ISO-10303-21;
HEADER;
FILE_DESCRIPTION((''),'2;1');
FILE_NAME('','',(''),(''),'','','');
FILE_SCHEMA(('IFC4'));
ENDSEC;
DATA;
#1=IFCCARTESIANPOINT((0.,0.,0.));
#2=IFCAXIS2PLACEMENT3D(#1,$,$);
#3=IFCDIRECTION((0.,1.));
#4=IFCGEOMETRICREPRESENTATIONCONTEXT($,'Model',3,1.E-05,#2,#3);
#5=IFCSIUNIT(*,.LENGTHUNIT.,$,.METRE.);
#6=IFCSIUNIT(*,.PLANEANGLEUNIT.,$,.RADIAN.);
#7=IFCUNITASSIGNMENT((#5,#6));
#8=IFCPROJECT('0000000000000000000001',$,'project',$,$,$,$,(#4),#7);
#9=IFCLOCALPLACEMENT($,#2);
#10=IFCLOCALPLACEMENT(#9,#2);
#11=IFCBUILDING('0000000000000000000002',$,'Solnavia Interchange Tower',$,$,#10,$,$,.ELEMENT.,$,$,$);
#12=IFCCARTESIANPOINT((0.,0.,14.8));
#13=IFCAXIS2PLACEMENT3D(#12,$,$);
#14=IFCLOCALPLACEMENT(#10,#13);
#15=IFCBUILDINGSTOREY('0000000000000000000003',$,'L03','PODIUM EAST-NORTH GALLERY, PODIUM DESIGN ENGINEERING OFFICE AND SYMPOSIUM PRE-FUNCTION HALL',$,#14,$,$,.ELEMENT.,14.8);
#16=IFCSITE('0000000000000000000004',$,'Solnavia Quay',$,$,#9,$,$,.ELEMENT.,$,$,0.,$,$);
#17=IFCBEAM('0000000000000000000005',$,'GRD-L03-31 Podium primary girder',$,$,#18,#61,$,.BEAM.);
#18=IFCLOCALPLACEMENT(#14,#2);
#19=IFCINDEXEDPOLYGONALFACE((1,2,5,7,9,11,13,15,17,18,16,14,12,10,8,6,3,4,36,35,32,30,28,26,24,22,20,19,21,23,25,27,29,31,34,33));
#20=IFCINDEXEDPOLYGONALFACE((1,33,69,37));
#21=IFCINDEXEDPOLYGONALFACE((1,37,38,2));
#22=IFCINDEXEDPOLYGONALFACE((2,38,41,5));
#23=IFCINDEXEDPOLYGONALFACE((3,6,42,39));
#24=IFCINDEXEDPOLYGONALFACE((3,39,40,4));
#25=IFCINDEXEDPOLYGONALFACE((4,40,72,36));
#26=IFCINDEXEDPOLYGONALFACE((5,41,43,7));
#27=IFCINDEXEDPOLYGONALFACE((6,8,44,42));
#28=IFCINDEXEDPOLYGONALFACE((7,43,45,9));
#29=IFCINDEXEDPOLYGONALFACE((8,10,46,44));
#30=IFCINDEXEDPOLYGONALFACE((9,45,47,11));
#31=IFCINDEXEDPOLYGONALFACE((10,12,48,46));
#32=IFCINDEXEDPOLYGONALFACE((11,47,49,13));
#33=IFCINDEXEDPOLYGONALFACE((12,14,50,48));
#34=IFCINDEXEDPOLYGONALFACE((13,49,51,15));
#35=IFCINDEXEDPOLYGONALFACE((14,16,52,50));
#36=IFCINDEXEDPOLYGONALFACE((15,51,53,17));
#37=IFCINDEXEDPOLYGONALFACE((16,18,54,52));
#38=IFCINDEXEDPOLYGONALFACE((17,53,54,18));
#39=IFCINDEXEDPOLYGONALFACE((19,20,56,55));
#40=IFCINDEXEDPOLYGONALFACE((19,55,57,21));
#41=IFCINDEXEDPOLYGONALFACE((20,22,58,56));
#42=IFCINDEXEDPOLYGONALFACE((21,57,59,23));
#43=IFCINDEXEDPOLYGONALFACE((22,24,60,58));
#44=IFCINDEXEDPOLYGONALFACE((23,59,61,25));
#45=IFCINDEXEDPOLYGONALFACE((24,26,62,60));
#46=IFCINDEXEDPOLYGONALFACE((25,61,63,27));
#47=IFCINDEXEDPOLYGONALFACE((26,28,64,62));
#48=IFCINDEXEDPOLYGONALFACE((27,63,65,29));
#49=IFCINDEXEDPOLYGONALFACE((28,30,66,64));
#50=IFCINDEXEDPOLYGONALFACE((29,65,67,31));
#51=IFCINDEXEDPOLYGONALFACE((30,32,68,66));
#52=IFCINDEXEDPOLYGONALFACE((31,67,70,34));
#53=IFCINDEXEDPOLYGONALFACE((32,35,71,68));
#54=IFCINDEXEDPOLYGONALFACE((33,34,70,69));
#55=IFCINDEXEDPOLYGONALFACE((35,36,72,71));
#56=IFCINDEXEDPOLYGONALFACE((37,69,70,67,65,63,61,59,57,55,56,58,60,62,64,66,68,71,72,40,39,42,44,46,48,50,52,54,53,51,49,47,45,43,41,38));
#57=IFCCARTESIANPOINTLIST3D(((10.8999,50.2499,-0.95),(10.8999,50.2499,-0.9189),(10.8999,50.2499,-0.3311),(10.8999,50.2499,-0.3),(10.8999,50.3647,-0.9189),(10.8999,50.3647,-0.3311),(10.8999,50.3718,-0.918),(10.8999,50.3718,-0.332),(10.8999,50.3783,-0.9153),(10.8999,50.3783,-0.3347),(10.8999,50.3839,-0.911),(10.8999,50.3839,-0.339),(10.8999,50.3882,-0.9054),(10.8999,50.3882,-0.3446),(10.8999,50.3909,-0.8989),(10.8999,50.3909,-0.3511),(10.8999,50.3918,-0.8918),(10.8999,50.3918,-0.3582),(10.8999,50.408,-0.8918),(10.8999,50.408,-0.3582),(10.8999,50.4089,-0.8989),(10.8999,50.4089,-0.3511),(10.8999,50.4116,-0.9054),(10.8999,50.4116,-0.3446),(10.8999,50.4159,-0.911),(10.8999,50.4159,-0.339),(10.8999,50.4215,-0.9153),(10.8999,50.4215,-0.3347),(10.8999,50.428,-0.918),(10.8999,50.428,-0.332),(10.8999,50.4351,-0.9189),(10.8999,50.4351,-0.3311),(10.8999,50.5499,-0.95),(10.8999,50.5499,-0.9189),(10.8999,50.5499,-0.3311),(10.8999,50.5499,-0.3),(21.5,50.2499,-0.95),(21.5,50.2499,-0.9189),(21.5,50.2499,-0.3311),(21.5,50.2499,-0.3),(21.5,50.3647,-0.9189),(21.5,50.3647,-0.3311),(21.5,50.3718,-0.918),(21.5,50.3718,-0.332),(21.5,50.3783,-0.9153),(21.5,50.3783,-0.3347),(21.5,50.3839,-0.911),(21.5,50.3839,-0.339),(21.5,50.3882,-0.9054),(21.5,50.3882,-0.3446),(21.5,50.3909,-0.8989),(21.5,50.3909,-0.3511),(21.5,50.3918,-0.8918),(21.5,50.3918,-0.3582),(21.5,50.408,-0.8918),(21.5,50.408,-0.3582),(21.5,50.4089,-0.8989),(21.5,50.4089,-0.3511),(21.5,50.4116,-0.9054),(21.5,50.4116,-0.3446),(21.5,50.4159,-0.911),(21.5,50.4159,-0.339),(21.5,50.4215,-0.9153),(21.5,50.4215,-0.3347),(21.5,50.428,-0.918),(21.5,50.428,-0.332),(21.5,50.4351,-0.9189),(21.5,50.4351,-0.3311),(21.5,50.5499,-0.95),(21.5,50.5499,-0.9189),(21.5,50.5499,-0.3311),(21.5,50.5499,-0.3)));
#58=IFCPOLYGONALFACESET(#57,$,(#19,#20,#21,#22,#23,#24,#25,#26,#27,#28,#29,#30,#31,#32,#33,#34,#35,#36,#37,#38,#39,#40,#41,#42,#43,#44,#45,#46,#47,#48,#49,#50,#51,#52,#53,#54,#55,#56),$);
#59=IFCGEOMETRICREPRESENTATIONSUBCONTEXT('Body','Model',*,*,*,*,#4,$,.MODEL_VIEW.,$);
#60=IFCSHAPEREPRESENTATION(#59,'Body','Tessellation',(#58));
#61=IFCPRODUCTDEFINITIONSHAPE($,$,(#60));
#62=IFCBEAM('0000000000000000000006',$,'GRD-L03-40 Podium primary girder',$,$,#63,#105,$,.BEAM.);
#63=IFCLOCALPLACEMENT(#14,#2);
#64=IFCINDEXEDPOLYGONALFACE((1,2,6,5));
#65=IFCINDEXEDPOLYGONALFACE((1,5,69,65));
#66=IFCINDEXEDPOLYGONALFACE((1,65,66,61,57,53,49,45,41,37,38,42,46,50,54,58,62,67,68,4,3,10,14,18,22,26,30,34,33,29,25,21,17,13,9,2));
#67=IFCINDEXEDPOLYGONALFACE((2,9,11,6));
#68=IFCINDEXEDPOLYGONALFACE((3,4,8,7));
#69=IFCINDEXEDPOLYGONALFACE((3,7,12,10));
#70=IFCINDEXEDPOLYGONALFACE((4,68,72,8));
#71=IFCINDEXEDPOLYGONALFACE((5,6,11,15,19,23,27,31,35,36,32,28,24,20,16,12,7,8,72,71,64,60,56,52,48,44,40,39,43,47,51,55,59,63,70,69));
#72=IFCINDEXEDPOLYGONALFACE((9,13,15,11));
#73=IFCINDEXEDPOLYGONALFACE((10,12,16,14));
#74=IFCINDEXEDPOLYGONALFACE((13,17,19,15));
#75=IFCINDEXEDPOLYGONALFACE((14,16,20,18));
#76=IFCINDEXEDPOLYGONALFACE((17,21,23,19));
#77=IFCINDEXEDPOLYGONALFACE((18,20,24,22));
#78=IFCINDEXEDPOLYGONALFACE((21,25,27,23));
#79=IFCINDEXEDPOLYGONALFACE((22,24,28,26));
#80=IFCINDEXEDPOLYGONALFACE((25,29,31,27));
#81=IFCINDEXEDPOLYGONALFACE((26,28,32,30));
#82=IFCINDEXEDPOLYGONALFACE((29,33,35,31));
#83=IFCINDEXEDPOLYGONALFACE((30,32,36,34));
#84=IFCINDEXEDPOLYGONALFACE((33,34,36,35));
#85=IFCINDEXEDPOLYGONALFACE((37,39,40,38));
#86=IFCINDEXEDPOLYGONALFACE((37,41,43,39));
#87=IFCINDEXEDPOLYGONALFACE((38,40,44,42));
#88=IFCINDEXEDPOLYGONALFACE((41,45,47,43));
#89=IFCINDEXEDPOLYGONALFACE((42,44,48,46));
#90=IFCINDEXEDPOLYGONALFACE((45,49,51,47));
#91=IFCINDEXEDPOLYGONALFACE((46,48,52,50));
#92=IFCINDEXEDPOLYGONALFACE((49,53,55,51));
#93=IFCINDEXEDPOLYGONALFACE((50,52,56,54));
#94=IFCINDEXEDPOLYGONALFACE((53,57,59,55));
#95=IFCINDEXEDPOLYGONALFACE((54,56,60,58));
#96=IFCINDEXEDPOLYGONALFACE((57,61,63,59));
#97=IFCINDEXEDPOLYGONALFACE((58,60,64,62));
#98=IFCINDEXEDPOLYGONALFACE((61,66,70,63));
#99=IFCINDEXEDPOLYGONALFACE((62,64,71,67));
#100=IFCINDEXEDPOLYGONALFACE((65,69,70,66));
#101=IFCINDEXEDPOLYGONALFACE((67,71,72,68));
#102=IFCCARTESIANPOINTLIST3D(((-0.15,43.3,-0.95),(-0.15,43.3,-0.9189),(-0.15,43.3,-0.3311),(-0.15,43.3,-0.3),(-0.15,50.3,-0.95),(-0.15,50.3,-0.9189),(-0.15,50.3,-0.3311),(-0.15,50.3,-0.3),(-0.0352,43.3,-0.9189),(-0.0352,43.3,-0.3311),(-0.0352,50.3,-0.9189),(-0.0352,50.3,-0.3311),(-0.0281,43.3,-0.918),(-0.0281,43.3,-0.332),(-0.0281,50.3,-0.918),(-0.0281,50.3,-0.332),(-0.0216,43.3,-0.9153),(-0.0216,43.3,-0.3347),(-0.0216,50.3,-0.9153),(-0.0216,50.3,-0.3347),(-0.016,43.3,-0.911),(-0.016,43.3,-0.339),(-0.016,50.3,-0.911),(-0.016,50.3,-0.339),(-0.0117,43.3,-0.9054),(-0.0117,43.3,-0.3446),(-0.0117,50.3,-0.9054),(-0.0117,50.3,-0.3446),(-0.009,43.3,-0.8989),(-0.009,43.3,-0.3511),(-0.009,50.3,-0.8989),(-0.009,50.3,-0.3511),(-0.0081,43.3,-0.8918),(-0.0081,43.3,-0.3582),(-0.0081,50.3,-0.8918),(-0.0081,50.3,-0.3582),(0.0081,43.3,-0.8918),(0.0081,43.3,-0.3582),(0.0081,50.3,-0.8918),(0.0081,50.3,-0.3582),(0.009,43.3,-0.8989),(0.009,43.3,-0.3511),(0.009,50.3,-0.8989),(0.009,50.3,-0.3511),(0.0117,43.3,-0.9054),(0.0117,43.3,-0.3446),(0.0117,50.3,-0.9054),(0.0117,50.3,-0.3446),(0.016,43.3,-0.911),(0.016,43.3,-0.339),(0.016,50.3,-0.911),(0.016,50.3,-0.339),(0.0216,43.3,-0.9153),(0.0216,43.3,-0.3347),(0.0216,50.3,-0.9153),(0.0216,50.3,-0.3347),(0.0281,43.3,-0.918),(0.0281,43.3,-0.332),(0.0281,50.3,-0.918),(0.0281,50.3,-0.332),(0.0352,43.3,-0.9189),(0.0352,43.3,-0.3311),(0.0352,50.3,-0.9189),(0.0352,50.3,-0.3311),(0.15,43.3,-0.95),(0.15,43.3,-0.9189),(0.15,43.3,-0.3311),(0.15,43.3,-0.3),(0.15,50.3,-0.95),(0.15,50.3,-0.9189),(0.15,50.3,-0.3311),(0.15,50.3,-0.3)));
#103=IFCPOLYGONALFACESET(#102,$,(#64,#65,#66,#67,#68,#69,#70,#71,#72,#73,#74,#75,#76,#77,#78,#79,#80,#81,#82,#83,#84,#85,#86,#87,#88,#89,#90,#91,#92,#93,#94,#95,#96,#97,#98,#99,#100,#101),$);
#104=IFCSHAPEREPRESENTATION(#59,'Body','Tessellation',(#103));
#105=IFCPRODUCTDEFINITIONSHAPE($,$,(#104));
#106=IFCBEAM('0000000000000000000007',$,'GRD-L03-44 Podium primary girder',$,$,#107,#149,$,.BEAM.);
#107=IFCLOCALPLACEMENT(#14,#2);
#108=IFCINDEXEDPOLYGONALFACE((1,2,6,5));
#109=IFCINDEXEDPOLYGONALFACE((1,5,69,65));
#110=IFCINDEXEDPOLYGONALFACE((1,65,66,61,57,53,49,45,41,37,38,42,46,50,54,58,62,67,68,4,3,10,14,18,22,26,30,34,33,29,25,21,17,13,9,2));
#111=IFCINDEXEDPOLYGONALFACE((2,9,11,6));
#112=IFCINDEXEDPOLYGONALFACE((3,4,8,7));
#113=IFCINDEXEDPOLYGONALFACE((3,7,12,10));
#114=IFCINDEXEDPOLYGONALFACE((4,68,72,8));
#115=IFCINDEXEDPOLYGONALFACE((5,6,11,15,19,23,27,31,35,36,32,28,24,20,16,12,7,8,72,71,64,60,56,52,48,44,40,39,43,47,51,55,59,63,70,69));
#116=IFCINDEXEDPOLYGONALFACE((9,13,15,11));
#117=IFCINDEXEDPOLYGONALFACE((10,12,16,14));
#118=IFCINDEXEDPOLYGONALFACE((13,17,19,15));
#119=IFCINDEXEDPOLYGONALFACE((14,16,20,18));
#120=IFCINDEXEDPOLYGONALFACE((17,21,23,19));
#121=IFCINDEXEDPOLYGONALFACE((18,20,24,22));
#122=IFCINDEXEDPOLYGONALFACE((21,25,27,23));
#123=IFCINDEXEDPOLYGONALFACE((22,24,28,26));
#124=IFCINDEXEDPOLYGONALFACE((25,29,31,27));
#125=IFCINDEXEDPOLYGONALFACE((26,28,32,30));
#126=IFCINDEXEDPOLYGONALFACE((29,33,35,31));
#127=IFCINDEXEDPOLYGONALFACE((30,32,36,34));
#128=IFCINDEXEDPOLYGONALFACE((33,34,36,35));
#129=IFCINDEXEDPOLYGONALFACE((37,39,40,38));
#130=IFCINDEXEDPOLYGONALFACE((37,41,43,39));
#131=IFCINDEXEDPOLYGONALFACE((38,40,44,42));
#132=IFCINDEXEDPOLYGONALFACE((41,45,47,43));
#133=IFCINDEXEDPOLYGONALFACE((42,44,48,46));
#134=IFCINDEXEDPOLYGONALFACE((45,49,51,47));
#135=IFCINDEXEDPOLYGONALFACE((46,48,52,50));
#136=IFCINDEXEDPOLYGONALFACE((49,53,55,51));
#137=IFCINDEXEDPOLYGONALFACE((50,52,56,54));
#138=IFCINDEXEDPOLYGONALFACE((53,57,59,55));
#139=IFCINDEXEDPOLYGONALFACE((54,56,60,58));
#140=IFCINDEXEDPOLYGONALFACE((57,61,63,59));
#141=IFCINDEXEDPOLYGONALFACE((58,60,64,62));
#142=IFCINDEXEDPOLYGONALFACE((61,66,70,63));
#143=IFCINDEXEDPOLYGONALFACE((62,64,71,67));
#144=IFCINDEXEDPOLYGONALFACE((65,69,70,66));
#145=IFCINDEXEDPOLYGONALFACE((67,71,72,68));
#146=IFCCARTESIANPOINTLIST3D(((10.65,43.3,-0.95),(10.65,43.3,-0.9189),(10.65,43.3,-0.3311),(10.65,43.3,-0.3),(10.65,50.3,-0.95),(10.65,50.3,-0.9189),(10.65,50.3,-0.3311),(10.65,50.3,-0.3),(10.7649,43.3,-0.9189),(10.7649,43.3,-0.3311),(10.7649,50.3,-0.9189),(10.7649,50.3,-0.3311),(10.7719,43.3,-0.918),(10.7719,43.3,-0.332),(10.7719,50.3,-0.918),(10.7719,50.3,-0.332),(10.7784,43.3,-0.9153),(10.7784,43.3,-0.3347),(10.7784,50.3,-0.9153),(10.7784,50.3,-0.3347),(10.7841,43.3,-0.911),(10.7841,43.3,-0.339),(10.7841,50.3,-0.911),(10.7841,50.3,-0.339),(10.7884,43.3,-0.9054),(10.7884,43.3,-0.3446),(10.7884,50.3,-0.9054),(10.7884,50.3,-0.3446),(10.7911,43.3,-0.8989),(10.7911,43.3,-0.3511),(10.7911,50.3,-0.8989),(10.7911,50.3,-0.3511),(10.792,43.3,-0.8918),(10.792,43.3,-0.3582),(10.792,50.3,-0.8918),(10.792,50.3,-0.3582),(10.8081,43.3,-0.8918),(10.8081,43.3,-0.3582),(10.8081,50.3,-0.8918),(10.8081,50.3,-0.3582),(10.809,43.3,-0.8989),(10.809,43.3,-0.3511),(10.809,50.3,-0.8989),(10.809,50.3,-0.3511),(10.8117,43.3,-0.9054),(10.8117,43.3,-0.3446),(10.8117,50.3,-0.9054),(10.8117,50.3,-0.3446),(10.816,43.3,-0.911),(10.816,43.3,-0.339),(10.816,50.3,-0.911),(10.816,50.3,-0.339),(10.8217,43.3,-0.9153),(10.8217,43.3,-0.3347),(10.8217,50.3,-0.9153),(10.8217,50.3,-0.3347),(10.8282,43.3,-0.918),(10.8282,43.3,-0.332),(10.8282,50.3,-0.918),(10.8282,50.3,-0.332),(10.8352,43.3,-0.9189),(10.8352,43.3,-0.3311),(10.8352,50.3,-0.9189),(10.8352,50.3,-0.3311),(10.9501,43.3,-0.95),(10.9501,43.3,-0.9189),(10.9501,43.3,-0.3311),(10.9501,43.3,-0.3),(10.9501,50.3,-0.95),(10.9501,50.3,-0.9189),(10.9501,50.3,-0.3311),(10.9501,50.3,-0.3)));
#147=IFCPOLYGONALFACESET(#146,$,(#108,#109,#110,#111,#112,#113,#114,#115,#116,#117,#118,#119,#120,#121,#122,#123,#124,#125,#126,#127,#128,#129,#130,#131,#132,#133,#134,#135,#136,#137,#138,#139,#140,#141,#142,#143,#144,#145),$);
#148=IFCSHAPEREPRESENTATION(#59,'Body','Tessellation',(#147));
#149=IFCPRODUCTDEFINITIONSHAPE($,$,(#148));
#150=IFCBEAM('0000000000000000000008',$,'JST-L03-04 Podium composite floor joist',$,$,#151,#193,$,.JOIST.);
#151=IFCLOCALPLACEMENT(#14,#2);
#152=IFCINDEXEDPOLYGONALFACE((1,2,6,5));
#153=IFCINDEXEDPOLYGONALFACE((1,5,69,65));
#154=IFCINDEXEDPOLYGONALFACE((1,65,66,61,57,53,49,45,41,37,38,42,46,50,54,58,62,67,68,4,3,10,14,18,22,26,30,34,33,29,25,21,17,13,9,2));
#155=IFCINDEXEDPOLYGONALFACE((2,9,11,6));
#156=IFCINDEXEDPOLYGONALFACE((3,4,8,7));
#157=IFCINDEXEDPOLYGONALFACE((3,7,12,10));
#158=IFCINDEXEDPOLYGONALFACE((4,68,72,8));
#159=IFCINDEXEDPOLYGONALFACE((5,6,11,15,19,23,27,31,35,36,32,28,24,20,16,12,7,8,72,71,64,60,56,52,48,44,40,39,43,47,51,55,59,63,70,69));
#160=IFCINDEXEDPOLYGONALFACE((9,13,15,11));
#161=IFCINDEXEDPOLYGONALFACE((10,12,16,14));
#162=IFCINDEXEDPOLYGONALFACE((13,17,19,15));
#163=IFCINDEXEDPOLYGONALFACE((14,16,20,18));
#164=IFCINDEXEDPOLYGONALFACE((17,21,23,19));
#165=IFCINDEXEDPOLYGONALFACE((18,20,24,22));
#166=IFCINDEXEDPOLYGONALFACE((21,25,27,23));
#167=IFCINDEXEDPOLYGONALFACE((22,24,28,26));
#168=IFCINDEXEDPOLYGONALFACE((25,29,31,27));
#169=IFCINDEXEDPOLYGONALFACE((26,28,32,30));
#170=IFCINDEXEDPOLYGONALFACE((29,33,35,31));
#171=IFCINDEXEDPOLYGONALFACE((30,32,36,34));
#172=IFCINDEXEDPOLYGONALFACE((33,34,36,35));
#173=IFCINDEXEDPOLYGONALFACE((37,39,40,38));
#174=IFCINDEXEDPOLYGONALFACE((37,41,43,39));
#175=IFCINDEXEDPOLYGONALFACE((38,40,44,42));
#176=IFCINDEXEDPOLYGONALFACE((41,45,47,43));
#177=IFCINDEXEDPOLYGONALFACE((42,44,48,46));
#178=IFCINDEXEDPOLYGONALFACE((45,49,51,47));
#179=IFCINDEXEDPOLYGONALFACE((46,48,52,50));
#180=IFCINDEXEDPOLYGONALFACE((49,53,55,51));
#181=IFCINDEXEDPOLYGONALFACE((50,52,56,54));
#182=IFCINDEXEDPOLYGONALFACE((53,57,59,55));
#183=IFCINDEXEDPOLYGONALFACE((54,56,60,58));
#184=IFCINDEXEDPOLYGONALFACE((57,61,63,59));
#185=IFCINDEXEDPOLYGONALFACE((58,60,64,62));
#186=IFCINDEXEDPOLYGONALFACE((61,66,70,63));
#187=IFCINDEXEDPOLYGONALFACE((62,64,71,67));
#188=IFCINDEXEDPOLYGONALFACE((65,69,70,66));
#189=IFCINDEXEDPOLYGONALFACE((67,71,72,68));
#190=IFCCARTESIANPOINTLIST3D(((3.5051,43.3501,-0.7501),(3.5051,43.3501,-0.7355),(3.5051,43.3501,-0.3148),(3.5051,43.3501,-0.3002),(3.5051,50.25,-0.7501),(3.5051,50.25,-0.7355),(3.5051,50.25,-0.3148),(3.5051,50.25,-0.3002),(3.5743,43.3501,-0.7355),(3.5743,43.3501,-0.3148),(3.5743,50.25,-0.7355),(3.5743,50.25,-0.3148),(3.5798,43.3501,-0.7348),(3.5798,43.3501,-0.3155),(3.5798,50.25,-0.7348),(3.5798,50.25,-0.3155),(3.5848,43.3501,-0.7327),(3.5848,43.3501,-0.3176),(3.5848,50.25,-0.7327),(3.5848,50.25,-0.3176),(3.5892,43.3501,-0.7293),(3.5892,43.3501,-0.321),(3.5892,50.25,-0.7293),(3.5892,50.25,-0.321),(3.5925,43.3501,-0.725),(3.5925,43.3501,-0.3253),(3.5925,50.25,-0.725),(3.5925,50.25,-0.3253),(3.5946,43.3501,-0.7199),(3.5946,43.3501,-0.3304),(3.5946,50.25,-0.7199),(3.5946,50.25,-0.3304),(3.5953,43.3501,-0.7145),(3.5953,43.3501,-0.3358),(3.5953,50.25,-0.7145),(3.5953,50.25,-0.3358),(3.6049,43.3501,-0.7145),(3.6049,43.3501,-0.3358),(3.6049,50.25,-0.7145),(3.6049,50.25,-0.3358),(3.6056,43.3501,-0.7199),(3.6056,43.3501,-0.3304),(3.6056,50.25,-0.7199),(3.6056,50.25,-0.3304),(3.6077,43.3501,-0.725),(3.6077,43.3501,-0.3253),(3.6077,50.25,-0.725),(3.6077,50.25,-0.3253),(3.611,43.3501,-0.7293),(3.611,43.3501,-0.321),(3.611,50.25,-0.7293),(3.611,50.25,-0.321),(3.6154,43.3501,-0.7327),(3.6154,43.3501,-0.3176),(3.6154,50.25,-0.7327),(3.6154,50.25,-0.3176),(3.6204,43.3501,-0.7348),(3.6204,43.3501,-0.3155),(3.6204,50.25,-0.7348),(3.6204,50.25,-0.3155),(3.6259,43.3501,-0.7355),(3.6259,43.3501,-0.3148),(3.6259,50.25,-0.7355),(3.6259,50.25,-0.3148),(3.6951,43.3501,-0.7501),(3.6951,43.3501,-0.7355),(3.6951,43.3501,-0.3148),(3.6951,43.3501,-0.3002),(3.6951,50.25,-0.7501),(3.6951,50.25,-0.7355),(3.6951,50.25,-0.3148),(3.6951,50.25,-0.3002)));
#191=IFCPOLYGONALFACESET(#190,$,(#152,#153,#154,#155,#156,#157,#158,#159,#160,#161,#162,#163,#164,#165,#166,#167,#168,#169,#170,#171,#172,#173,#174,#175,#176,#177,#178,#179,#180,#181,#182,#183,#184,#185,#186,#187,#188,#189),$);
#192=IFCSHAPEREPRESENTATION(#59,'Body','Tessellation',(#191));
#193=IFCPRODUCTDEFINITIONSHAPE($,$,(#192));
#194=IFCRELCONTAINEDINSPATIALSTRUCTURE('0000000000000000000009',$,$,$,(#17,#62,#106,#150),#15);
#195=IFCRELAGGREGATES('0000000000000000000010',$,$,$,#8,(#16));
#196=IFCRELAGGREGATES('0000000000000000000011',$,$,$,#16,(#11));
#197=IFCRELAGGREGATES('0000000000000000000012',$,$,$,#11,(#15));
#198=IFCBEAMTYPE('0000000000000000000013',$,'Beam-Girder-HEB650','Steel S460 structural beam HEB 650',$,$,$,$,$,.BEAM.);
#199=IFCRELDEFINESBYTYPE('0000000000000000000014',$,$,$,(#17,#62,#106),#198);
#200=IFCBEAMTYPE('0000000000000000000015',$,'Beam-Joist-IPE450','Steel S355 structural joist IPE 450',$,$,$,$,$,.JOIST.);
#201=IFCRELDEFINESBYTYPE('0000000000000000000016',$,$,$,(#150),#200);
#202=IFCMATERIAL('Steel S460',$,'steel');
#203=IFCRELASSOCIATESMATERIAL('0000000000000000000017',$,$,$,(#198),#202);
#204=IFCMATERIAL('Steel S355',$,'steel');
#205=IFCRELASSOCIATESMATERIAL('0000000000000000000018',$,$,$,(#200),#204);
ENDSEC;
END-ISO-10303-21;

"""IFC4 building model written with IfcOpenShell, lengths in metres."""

from ifc_helpers import new_model, si_unit, direction, frame, origin, origin_2d, place, context, subcontext, project, spatial, i_section, extrude, material, material_profile, profile_set, type_object, element, save


model = new_model("IFC4")

# Units and contexts
model_context = context("Model", 3, precision=1e-05, world=origin(), true_north=direction((0.0, 1.0)))
body_context = subcontext(model_context, "Body", "Model", "MODEL_VIEW")
ifc_project = project(units=[si_unit("LENGTHUNIT", "METRE"), si_unit("PLANEANGLEUNIT", "RADIAN")], contexts=[model_context])

# Site, building, storey
site_placement = place(None, origin())
site = spatial("IfcSite", under=ifc_project, at=site_placement, Name="Solnavia Quay", CompositionType="ELEMENT", RefElevation=0.0)
building_placement = place(site_placement, origin())
building = spatial("IfcBuilding", under=site, at=building_placement, Name="Solnavia Interchange Tower", CompositionType="ELEMENT")
storey_placement = place(building_placement, frame((0.0, 0.0, 14.8)))
storey = spatial("IfcBuildingStorey", under=building, at=storey_placement, Name="L03", Description="PODIUM EAST-NORTH GALLERY, PODIUM DESIGN ENGINEERING OFFICE AND SYMPOSIUM PRE-FUNCTION HALL", CompositionType="ELEMENT", Elevation=14.8)

# Beams
ifc_material_1 = material(Name="Steel S460", Category="steel")
ifc_material_profile_1 = material_profile(ifc_material_1, i_section(OverallWidth=0.3, OverallDepth=0.6499, WebThickness=0.0161, FlangeThickness=0.031, FilletRadius=0.0271, at=origin_2d()), Name="HEB 650")
ifc_profile_set_1 = profile_set([ifc_material_profile_1], Name="Steel S460")
beam_type_1 = type_object("IfcBeamType", Name="Beam-Girder-HEB650", Description="Steel S460 structural beam HEB 650", PredefinedType="BEAM", material=ifc_profile_set_1)
beam_1_placement = place(storey_placement, frame((10.8999, 50.3999, -0.625), z_axis=(1.0, 0.0, 0.0), x_axis=(0.0, 1.0, 0.0)))
element("IfcBeam", 1, at=beam_1_placement, inside=storey, type_object=beam_type_1, Name="GRD-L03-31 Podium primary girder", PredefinedType="BEAM", context=body_context, shape_type="SweptSolid", body=[
    extrude(i_section(OverallWidth=0.3, OverallDepth=0.6499, WebThickness=0.0161, FlangeThickness=0.031, FilletRadius=0.0271, at=origin_2d()), origin(), (0.0, 0.0, 1.0), 10.6001),
])
for number, where, z_axis, x_axis, name in (
    (2, (0.0, 43.3, -0.625), (0.0, 1.0, 0.0), (-1.0, 0.0, 0.0), "GRD-L03-40 Podium primary girder"),
    (3, (10.8, 43.3, -0.625), (0.0, 1.0, 0.0), (-1.0, 0.0, 0.0), "GRD-L03-44 Podium primary girder"),
):
    element("IfcBeam", number, at=place(storey_placement, frame(where, z_axis=z_axis, x_axis=x_axis)), inside=storey, type_object=beam_type_1, Name=name, PredefinedType="BEAM", context=body_context, shape_type="SweptSolid", body=[
        extrude(i_section(OverallWidth=0.3, OverallDepth=0.6499, WebThickness=0.0161, FlangeThickness=0.031, FilletRadius=0.0271, at=origin_2d()), origin(), (0.0, 0.0, 1.0), 7.0),
    ])
ifc_material_2 = material(Name="Steel S355", Category="steel")
ifc_material_profile_2 = material_profile(ifc_material_2, i_section(OverallWidth=0.1899, OverallDepth=0.45, WebThickness=0.0095, FlangeThickness=0.0146, FilletRadius=0.021, at=origin_2d()), Name="IPE 450")
ifc_profile_set_2 = profile_set([ifc_material_profile_2], Name="Steel S355")
beam_type_2 = type_object("IfcBeamType", Name="Beam-Joist-IPE450", Description="Steel S355 structural joist IPE 450", PredefinedType="JOIST", material=ifc_profile_set_2)
beam_2_placement = place(storey_placement, frame((3.6001, 43.3501, -0.5251), z_axis=(0.0, 1.0, 0.0), x_axis=(-1.0, 0.0, 0.0)))
element("IfcBeam", 4, at=beam_2_placement, inside=storey, type_object=beam_type_2, Name="JST-L03-04 Podium composite floor joist", PredefinedType="JOIST", context=body_context, shape_type="SweptSolid", body=[
    extrude(i_section(OverallWidth=0.1899, OverallDepth=0.45, WebThickness=0.0095, FlangeThickness=0.0146, FilletRadius=0.021, at=origin_2d()), origin(), (0.0, 0.0, 1.0), 6.8999),
])

save(model, "model.ifc")
